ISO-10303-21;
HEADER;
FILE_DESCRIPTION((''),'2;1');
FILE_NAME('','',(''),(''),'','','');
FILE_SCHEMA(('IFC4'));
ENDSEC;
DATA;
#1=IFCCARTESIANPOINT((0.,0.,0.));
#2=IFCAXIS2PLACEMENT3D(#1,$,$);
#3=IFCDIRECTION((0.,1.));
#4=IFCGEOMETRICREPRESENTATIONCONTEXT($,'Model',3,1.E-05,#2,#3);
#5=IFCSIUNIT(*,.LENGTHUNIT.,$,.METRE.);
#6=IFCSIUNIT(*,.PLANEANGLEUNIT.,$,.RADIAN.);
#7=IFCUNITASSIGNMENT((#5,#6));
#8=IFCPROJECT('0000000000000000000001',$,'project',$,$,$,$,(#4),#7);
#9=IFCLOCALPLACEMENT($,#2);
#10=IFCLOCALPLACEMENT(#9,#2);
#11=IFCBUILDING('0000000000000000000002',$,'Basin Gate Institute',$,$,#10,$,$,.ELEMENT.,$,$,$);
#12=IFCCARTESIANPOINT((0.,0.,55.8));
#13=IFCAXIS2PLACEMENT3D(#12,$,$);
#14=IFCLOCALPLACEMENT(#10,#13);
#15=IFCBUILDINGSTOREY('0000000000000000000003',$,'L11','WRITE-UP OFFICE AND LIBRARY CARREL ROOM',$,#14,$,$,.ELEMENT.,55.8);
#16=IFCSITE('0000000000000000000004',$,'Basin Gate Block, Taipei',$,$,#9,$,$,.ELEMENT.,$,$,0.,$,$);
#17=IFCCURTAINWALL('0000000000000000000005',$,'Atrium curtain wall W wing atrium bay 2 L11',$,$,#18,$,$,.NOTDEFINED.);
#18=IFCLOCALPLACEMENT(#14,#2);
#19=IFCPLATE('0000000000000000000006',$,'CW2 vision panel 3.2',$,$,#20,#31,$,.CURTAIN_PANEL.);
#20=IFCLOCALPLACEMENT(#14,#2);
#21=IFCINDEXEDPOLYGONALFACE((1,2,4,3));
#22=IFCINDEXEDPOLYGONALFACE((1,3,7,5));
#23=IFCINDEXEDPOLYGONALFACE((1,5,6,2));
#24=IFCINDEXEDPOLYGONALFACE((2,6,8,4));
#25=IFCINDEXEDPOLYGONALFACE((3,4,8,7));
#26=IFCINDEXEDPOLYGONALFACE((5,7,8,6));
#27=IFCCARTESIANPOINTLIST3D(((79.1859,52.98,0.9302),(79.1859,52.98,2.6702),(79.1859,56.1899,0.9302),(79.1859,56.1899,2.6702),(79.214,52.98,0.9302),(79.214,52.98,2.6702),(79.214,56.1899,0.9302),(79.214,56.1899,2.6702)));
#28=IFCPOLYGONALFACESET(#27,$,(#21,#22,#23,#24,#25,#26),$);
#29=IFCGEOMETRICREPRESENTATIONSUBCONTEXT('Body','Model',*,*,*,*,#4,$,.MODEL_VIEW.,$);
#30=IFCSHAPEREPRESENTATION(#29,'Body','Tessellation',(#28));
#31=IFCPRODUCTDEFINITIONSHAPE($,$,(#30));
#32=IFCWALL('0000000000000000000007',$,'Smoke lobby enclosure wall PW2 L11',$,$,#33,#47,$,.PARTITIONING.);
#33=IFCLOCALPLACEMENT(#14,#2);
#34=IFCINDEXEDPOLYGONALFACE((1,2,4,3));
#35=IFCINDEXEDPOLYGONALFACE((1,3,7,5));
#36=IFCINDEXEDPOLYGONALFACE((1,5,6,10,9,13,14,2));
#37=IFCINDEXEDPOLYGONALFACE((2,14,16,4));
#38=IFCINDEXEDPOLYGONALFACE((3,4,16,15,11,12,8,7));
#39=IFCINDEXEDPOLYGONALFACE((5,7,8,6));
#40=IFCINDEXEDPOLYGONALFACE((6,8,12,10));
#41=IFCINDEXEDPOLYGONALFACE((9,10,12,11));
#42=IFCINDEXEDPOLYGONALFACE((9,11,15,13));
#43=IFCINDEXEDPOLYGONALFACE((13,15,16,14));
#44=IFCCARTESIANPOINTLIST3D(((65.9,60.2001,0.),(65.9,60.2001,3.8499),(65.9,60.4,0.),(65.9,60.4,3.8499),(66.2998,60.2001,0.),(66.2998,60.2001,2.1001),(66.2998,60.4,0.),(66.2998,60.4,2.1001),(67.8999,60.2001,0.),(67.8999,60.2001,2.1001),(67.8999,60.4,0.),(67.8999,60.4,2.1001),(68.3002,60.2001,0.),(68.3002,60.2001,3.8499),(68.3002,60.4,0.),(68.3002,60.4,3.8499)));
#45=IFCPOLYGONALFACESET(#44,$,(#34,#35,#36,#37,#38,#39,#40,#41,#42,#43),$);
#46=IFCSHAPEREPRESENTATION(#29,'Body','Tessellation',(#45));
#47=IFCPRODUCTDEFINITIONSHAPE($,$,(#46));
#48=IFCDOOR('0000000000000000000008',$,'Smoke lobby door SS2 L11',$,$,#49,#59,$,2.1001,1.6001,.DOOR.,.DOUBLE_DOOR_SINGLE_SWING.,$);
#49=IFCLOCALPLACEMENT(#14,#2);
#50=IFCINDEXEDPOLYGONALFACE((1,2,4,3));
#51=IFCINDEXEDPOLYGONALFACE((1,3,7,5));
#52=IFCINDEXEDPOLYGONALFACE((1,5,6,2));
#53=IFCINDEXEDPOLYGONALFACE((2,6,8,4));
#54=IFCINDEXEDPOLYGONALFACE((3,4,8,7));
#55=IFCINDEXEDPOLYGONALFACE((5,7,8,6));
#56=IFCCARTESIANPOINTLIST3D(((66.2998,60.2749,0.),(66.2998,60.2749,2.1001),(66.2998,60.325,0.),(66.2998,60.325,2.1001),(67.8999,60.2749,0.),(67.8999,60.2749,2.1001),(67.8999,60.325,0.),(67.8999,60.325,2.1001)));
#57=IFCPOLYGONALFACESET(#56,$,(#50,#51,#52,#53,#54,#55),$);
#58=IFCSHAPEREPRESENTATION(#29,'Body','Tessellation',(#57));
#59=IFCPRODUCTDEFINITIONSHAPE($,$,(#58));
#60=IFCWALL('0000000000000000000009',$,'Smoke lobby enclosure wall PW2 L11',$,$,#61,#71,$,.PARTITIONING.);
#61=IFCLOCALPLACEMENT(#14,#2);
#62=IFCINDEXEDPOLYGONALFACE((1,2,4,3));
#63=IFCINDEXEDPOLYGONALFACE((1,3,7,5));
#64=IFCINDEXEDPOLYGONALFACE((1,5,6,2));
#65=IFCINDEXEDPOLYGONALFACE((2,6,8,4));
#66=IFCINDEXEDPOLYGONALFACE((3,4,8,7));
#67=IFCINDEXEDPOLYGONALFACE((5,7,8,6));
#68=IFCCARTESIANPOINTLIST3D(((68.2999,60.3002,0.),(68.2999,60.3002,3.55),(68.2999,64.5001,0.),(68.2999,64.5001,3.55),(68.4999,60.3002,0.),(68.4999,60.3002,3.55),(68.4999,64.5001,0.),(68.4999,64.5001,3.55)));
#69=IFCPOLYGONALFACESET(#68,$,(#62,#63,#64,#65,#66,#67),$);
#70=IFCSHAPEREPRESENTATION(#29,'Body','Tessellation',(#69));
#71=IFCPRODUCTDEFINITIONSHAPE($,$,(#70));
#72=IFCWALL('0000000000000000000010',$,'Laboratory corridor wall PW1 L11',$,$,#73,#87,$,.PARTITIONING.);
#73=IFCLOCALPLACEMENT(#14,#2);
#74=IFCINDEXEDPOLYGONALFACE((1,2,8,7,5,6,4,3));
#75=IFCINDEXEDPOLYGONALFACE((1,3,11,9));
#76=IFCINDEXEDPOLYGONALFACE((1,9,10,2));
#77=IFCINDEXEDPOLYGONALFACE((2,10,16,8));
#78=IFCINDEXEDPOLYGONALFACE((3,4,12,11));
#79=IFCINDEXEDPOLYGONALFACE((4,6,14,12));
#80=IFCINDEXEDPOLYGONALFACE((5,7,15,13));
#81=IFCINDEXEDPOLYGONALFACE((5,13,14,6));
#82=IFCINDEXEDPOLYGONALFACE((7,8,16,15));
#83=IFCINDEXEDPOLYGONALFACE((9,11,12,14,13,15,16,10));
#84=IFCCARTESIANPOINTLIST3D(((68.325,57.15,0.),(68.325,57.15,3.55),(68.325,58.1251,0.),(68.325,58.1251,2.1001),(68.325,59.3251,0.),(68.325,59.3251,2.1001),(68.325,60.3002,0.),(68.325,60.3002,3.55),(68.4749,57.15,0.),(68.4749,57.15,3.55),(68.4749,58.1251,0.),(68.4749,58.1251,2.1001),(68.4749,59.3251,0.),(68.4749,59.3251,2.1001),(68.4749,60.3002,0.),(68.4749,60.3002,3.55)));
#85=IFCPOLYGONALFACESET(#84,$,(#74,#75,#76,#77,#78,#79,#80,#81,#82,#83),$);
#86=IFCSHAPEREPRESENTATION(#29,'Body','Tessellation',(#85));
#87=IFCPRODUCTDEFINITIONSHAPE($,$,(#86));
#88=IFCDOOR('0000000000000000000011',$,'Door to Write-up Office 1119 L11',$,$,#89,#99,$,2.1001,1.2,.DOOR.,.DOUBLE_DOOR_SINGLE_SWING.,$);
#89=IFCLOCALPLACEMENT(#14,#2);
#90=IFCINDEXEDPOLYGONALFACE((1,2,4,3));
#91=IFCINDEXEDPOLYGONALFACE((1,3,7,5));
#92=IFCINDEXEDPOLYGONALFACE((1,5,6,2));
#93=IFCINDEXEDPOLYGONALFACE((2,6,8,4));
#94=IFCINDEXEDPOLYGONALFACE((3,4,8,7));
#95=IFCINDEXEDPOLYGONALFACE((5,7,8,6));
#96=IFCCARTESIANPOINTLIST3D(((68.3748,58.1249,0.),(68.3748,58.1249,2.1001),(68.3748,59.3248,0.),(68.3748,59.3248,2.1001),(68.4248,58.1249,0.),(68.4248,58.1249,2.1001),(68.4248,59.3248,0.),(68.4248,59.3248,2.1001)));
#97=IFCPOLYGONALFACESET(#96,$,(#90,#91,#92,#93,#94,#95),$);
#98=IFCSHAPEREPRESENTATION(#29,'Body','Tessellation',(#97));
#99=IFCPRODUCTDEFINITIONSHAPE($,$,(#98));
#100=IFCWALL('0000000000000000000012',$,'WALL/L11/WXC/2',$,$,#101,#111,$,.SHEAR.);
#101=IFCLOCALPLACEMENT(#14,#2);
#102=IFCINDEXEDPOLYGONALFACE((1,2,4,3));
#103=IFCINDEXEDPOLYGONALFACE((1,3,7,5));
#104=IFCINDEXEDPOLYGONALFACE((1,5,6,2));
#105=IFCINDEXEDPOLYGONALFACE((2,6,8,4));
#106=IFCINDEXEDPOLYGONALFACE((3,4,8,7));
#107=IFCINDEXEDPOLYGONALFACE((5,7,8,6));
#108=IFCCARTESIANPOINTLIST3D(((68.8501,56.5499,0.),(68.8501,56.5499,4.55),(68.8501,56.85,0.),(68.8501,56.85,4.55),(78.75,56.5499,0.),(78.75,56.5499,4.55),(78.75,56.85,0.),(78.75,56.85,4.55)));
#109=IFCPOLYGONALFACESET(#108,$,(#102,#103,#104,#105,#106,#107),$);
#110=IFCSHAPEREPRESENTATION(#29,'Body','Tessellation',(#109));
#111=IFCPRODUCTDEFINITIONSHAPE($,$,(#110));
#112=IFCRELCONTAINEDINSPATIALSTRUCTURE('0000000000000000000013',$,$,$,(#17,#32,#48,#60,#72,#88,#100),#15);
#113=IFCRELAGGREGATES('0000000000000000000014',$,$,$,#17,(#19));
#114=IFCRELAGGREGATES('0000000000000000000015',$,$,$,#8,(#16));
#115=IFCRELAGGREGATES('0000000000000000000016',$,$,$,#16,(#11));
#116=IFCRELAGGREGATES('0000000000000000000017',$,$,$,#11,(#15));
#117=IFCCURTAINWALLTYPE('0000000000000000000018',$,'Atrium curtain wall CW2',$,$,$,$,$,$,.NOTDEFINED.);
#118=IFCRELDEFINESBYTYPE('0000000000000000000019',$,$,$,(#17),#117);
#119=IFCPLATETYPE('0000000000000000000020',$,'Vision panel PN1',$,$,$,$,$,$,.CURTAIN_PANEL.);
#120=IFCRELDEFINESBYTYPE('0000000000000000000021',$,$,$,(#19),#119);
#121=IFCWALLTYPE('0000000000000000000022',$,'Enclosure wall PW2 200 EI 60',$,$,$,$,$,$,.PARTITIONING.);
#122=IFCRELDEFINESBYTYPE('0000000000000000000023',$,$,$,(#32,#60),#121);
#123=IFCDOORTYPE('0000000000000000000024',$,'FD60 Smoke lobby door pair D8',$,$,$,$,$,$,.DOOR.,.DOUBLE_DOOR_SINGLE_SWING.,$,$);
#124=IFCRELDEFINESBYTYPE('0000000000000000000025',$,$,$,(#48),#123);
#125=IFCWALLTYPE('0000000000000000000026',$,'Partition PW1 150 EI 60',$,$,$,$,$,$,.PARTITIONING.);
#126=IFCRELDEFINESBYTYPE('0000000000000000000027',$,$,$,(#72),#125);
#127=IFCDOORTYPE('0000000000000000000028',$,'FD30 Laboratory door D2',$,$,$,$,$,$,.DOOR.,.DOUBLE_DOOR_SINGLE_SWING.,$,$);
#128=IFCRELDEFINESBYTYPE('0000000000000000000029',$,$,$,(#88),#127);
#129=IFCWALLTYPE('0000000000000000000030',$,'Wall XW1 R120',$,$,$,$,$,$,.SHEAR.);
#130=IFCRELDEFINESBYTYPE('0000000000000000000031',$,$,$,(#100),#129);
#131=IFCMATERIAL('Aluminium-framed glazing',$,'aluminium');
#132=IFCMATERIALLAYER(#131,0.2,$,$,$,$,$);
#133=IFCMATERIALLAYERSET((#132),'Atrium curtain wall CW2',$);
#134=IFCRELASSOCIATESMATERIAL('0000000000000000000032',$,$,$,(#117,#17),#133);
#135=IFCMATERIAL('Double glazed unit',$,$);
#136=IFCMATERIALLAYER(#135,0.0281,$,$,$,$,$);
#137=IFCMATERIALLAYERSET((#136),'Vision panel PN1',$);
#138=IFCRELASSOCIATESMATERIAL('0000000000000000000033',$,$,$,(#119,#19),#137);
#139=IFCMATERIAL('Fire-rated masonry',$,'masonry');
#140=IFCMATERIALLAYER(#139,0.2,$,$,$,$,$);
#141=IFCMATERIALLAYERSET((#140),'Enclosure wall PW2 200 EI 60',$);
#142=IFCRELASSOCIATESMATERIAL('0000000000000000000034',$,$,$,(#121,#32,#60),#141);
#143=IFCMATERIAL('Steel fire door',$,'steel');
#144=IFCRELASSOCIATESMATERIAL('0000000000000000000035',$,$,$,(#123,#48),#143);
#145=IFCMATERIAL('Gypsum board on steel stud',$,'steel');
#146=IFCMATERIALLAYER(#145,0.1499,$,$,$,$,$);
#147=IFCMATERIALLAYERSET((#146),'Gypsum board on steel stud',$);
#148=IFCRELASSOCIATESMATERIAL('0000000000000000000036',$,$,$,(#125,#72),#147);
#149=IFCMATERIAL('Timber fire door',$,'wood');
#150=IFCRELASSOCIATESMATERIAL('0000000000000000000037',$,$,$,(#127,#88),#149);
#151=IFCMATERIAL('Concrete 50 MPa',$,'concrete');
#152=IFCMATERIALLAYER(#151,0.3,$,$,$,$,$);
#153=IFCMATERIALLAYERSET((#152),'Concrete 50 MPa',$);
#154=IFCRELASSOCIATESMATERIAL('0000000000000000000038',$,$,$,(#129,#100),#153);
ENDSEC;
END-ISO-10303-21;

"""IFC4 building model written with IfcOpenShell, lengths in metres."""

from ifc_helpers import new_model, si_unit, direction, frame, frame_2d, origin, origin_2d, place, context, subcontext, project, spatial, rectangle, extrude, material, layer, layer_set, type_object, element, fill, aggregate, save


model = new_model("IFC4")

# Units and contexts
model_context = context("Model", 3, precision=1e-05, world=origin(), true_north=direction((0.0, 1.0)))
body_context = subcontext(model_context, "Body", "Model", "MODEL_VIEW")
ifc_project = project(units=[si_unit("LENGTHUNIT", "METRE"), si_unit("PLANEANGLEUNIT", "RADIAN")], contexts=[model_context])

# Site, building, storey
site_placement = place(None, origin())
site = spatial("IfcSite", under=ifc_project, at=site_placement, Name="Basin Gate Block, Taipei", CompositionType="ELEMENT", RefElevation=0.0)
building_placement = place(site_placement, origin())
building = spatial("IfcBuilding", under=site, at=building_placement, Name="Basin Gate Institute", CompositionType="ELEMENT")
storey_placement = place(building_placement, frame((0.0, 0.0, 55.8)))
storey = spatial("IfcBuildingStorey", under=building, at=storey_placement, Name="L11", Description="WRITE-UP OFFICE AND LIBRARY CARREL ROOM", CompositionType="ELEMENT", Elevation=55.8)

# Curtain wall
ifc_material_1 = material(Name="Aluminium-framed glazing", Category="aluminium")
ifc_layer_1 = layer(ifc_material_1, 0.2)
ifc_layer_set_1 = layer_set([ifc_layer_1], Name="Atrium curtain wall CW2")
curtain_wall_type = type_object("IfcCurtainWallType", Name="Atrium curtain wall CW2", PredefinedType="NOTDEFINED", material=ifc_layer_set_1)
curtain_wall_1_placement = place(storey_placement, origin())
curtain_wall_1 = element("IfcCurtainWall", 1, at=curtain_wall_1_placement, inside=storey, type_object=curtain_wall_type, material=ifc_layer_set_1, Name="Atrium curtain wall W wing atrium bay 2 L11", PredefinedType="NOTDEFINED")

# Plate
ifc_material_2 = material(Name="Double glazed unit")
ifc_layer_2 = layer(ifc_material_2, 0.0281)
ifc_layer_set_2 = layer_set([ifc_layer_2], Name="Vision panel PN1")
plate_type_1 = type_object("IfcPlateType", Name="Vision panel PN1", PredefinedType="CURTAIN_PANEL", material=ifc_layer_set_2)
plate_1_placement = place(storey_placement, frame((79.2, 54.585, 0.9302), z_axis=(0.0, 0.0, 1.0), x_axis=(0.0, 1.0, 0.0)))
plate_1 = element("IfcPlate", 2, at=plate_1_placement, type_object=plate_type_1, material=ifc_layer_set_2, Name="CW2 vision panel 3.2", PredefinedType="CURTAIN_PANEL", context=body_context, shape_type="SweptSolid", body=[
    extrude(rectangle(XDim=3.21, YDim=0.0281, at=origin_2d()), origin(), (0.0, 0.0, 1.0), 1.74),
])
aggregate(curtain_wall_1, [plate_1])

# Wall, opening, door
ifc_material_3 = material(Name="Fire-rated masonry", Category="masonry")
ifc_layer_3 = layer(ifc_material_3, 0.2)
ifc_layer_set_3 = layer_set([ifc_layer_3], Name="Enclosure wall PW2 200 EI 60")
wall_type_1 = type_object("IfcWallType", Name="Enclosure wall PW2 200 EI 60", PredefinedType="PARTITIONING", material=ifc_layer_set_3)
wall_1_placement = place(storey_placement, frame((65.8999, 60.3, 0.0), z_axis=(0.0, 0.0, 1.0), x_axis=(1.0, 0.0, 0.0)))
wall_1 = element("IfcWall", 3, at=wall_1_placement, inside=storey, type_object=wall_type_1, material=ifc_layer_set_3, Name="Smoke lobby enclosure wall PW2 L11", PredefinedType="PARTITIONING", context=body_context, shape_type="SweptSolid", body=[
    extrude(rectangle(XDim=2.4001, YDim=0.2, at=frame_2d((1.2002, 0.0))), origin(), (0.0, 0.0, 1.0), 3.8499),
])
opening_1_placement = place(wall_1_placement, frame((0.3999, 0.0, 0.0)))
opening_1 = element("IfcOpeningElement", 4, at=opening_1_placement, cuts=wall_1, PredefinedType="OPENING", context=body_context, shape_type="SweptSolid", body=[
    extrude(rectangle(XDim=1.6001, YDim=2.1001, at=frame_2d((0.8, 1.05))), frame((0.0, 0.1099, 0.0), z_axis=(0.0, -1.0, 0.0), x_axis=(1.0, 0.0, 0.0)), (0.0, 0.0, 1.0), 0.22),
])
ifc_material_4 = material(Name="Steel fire door", Category="steel")
door_type_1 = type_object("IfcDoorType", Name="FD60 Smoke lobby door pair D8", OperationType="DOUBLE_DOOR_SINGLE_SWING", PredefinedType="DOOR", material=ifc_material_4)
door_1_placement = place(opening_1_placement, origin())
door_1 = element("IfcDoor", 5, at=door_1_placement, inside=storey, type_object=door_type_1, material=ifc_material_4, Name="Smoke lobby door SS2 L11", OperationType="DOUBLE_DOOR_SINGLE_SWING", OverallHeight=2.1001, OverallWidth=1.6001, PredefinedType="DOOR", context=body_context, shape_type="SweptSolid", body=[
    extrude(rectangle(XDim=1.6001, YDim=2.1001, at=frame_2d((0.8, 1.05))), frame((0.0, 0.0249, 0.0), z_axis=(0.0, -1.0, 0.0), x_axis=(1.0, 0.0, 0.0)), (0.0, 0.0, 1.0), 0.05),
])
fill(opening_1, door_1)

# Wall
wall_2_placement = place(storey_placement, frame((68.3999, 60.3, 0.0), z_axis=(0.0, 0.0, 1.0), x_axis=(0.0, 1.0, 0.0)))
element("IfcWall", 6, at=wall_2_placement, inside=storey, type_object=wall_type_1, material=ifc_layer_set_3, Name="Smoke lobby enclosure wall PW2 L11", PredefinedType="PARTITIONING", context=body_context, shape_type="SweptSolid", body=[
    extrude(rectangle(XDim=4.2, YDim=0.2, at=frame_2d((2.1001, 0.0))), origin(), (0.0, 0.0, 1.0), 3.55),
])

# Wall, opening, door
ifc_material_5 = material(Name="Gypsum board on steel stud", Category="steel")
ifc_layer_4 = layer(ifc_material_5, 0.1499)
ifc_layer_set_4 = layer_set([ifc_layer_4], Name="Gypsum board on steel stud")
wall_type_2 = type_object("IfcWallType", Name="Partition PW1 150 EI 60", PredefinedType="PARTITIONING", material=ifc_layer_set_4)
wall_3_placement = place(storey_placement, frame((68.3999, 57.1499, 0.0), z_axis=(0.0, 0.0, 1.0), x_axis=(0.0, 1.0, 0.0)))
wall_3 = element("IfcWall", 7, at=wall_3_placement, inside=storey, type_object=wall_type_2, material=ifc_layer_set_4, Name="Laboratory corridor wall PW1 L11", PredefinedType="PARTITIONING", context=body_context, shape_type="SweptSolid", body=[
    extrude(rectangle(XDim=3.1501, YDim=0.1499, at=frame_2d((1.5752, 0.0))), origin(), (0.0, 0.0, 1.0), 3.55),
])
opening_2_placement = place(wall_3_placement, frame((0.9751, 0.0, 0.0)))
opening_2 = element("IfcOpeningElement", 8, at=opening_2_placement, cuts=wall_3, PredefinedType="OPENING", context=body_context, shape_type="SweptSolid", body=[
    extrude(rectangle(XDim=1.2, YDim=2.1001, at=frame_2d((0.6001, 1.05))), frame((0.0, 0.085, 0.0), z_axis=(0.0, -1.0, 0.0), x_axis=(1.0, 0.0, 0.0)), (0.0, 0.0, 1.0), 0.1699),
])
ifc_material_6 = material(Name="Timber fire door", Category="wood")
door_type_2 = type_object("IfcDoorType", Name="FD30 Laboratory door D2", OperationType="DOUBLE_DOOR_SINGLE_SWING", PredefinedType="DOOR", material=ifc_material_6)
door_2_placement = place(opening_2_placement, frame((1.2, 0.0, 0.0), z_axis=(0.0, 0.0, 1.0), x_axis=(-1.0, 0.0, 0.0)))
door_2 = element("IfcDoor", 9, at=door_2_placement, inside=storey, type_object=door_type_2, material=ifc_material_6, Name="Door to Write-up Office 1119 L11", OperationType="DOUBLE_DOOR_SINGLE_SWING", OverallHeight=2.1001, OverallWidth=1.2, PredefinedType="DOOR", context=body_context, shape_type="SweptSolid", body=[
    extrude(rectangle(XDim=1.2, YDim=2.1001, at=frame_2d((0.6001, 1.05))), frame((0.0, 0.0249, 0.0), z_axis=(0.0, -1.0, 0.0), x_axis=(1.0, 0.0, 0.0)), (0.0, 0.0, 1.0), 0.05),
])
fill(opening_2, door_2)

# Wall
ifc_material_7 = material(Name="Concrete 50 MPa", Category="concrete")
ifc_layer_5 = layer(ifc_material_7, 0.3)
ifc_layer_set_5 = layer_set([ifc_layer_5], Name="Concrete 50 MPa")
wall_type_3 = type_object("IfcWallType", Name="Wall XW1 R120", PredefinedType="SHEAR", material=ifc_layer_set_5)
wall_4_placement = place(storey_placement, frame((68.8501, 56.7, 0.0), z_axis=(0.0, 0.0, 1.0), x_axis=(1.0, 0.0, 0.0)))
element("IfcWall", 10, at=wall_4_placement, inside=storey, type_object=wall_type_3, material=ifc_layer_set_5, Name="WALL/L11/WXC/2", PredefinedType="SHEAR", context=body_context, shape_type="SweptSolid", body=[
    extrude(rectangle(XDim=9.8999, YDim=0.3, at=frame_2d((4.95, 0.0))), origin(), (0.0, 0.0, 1.0), 4.55),
])

save(model, "model.ifc")
